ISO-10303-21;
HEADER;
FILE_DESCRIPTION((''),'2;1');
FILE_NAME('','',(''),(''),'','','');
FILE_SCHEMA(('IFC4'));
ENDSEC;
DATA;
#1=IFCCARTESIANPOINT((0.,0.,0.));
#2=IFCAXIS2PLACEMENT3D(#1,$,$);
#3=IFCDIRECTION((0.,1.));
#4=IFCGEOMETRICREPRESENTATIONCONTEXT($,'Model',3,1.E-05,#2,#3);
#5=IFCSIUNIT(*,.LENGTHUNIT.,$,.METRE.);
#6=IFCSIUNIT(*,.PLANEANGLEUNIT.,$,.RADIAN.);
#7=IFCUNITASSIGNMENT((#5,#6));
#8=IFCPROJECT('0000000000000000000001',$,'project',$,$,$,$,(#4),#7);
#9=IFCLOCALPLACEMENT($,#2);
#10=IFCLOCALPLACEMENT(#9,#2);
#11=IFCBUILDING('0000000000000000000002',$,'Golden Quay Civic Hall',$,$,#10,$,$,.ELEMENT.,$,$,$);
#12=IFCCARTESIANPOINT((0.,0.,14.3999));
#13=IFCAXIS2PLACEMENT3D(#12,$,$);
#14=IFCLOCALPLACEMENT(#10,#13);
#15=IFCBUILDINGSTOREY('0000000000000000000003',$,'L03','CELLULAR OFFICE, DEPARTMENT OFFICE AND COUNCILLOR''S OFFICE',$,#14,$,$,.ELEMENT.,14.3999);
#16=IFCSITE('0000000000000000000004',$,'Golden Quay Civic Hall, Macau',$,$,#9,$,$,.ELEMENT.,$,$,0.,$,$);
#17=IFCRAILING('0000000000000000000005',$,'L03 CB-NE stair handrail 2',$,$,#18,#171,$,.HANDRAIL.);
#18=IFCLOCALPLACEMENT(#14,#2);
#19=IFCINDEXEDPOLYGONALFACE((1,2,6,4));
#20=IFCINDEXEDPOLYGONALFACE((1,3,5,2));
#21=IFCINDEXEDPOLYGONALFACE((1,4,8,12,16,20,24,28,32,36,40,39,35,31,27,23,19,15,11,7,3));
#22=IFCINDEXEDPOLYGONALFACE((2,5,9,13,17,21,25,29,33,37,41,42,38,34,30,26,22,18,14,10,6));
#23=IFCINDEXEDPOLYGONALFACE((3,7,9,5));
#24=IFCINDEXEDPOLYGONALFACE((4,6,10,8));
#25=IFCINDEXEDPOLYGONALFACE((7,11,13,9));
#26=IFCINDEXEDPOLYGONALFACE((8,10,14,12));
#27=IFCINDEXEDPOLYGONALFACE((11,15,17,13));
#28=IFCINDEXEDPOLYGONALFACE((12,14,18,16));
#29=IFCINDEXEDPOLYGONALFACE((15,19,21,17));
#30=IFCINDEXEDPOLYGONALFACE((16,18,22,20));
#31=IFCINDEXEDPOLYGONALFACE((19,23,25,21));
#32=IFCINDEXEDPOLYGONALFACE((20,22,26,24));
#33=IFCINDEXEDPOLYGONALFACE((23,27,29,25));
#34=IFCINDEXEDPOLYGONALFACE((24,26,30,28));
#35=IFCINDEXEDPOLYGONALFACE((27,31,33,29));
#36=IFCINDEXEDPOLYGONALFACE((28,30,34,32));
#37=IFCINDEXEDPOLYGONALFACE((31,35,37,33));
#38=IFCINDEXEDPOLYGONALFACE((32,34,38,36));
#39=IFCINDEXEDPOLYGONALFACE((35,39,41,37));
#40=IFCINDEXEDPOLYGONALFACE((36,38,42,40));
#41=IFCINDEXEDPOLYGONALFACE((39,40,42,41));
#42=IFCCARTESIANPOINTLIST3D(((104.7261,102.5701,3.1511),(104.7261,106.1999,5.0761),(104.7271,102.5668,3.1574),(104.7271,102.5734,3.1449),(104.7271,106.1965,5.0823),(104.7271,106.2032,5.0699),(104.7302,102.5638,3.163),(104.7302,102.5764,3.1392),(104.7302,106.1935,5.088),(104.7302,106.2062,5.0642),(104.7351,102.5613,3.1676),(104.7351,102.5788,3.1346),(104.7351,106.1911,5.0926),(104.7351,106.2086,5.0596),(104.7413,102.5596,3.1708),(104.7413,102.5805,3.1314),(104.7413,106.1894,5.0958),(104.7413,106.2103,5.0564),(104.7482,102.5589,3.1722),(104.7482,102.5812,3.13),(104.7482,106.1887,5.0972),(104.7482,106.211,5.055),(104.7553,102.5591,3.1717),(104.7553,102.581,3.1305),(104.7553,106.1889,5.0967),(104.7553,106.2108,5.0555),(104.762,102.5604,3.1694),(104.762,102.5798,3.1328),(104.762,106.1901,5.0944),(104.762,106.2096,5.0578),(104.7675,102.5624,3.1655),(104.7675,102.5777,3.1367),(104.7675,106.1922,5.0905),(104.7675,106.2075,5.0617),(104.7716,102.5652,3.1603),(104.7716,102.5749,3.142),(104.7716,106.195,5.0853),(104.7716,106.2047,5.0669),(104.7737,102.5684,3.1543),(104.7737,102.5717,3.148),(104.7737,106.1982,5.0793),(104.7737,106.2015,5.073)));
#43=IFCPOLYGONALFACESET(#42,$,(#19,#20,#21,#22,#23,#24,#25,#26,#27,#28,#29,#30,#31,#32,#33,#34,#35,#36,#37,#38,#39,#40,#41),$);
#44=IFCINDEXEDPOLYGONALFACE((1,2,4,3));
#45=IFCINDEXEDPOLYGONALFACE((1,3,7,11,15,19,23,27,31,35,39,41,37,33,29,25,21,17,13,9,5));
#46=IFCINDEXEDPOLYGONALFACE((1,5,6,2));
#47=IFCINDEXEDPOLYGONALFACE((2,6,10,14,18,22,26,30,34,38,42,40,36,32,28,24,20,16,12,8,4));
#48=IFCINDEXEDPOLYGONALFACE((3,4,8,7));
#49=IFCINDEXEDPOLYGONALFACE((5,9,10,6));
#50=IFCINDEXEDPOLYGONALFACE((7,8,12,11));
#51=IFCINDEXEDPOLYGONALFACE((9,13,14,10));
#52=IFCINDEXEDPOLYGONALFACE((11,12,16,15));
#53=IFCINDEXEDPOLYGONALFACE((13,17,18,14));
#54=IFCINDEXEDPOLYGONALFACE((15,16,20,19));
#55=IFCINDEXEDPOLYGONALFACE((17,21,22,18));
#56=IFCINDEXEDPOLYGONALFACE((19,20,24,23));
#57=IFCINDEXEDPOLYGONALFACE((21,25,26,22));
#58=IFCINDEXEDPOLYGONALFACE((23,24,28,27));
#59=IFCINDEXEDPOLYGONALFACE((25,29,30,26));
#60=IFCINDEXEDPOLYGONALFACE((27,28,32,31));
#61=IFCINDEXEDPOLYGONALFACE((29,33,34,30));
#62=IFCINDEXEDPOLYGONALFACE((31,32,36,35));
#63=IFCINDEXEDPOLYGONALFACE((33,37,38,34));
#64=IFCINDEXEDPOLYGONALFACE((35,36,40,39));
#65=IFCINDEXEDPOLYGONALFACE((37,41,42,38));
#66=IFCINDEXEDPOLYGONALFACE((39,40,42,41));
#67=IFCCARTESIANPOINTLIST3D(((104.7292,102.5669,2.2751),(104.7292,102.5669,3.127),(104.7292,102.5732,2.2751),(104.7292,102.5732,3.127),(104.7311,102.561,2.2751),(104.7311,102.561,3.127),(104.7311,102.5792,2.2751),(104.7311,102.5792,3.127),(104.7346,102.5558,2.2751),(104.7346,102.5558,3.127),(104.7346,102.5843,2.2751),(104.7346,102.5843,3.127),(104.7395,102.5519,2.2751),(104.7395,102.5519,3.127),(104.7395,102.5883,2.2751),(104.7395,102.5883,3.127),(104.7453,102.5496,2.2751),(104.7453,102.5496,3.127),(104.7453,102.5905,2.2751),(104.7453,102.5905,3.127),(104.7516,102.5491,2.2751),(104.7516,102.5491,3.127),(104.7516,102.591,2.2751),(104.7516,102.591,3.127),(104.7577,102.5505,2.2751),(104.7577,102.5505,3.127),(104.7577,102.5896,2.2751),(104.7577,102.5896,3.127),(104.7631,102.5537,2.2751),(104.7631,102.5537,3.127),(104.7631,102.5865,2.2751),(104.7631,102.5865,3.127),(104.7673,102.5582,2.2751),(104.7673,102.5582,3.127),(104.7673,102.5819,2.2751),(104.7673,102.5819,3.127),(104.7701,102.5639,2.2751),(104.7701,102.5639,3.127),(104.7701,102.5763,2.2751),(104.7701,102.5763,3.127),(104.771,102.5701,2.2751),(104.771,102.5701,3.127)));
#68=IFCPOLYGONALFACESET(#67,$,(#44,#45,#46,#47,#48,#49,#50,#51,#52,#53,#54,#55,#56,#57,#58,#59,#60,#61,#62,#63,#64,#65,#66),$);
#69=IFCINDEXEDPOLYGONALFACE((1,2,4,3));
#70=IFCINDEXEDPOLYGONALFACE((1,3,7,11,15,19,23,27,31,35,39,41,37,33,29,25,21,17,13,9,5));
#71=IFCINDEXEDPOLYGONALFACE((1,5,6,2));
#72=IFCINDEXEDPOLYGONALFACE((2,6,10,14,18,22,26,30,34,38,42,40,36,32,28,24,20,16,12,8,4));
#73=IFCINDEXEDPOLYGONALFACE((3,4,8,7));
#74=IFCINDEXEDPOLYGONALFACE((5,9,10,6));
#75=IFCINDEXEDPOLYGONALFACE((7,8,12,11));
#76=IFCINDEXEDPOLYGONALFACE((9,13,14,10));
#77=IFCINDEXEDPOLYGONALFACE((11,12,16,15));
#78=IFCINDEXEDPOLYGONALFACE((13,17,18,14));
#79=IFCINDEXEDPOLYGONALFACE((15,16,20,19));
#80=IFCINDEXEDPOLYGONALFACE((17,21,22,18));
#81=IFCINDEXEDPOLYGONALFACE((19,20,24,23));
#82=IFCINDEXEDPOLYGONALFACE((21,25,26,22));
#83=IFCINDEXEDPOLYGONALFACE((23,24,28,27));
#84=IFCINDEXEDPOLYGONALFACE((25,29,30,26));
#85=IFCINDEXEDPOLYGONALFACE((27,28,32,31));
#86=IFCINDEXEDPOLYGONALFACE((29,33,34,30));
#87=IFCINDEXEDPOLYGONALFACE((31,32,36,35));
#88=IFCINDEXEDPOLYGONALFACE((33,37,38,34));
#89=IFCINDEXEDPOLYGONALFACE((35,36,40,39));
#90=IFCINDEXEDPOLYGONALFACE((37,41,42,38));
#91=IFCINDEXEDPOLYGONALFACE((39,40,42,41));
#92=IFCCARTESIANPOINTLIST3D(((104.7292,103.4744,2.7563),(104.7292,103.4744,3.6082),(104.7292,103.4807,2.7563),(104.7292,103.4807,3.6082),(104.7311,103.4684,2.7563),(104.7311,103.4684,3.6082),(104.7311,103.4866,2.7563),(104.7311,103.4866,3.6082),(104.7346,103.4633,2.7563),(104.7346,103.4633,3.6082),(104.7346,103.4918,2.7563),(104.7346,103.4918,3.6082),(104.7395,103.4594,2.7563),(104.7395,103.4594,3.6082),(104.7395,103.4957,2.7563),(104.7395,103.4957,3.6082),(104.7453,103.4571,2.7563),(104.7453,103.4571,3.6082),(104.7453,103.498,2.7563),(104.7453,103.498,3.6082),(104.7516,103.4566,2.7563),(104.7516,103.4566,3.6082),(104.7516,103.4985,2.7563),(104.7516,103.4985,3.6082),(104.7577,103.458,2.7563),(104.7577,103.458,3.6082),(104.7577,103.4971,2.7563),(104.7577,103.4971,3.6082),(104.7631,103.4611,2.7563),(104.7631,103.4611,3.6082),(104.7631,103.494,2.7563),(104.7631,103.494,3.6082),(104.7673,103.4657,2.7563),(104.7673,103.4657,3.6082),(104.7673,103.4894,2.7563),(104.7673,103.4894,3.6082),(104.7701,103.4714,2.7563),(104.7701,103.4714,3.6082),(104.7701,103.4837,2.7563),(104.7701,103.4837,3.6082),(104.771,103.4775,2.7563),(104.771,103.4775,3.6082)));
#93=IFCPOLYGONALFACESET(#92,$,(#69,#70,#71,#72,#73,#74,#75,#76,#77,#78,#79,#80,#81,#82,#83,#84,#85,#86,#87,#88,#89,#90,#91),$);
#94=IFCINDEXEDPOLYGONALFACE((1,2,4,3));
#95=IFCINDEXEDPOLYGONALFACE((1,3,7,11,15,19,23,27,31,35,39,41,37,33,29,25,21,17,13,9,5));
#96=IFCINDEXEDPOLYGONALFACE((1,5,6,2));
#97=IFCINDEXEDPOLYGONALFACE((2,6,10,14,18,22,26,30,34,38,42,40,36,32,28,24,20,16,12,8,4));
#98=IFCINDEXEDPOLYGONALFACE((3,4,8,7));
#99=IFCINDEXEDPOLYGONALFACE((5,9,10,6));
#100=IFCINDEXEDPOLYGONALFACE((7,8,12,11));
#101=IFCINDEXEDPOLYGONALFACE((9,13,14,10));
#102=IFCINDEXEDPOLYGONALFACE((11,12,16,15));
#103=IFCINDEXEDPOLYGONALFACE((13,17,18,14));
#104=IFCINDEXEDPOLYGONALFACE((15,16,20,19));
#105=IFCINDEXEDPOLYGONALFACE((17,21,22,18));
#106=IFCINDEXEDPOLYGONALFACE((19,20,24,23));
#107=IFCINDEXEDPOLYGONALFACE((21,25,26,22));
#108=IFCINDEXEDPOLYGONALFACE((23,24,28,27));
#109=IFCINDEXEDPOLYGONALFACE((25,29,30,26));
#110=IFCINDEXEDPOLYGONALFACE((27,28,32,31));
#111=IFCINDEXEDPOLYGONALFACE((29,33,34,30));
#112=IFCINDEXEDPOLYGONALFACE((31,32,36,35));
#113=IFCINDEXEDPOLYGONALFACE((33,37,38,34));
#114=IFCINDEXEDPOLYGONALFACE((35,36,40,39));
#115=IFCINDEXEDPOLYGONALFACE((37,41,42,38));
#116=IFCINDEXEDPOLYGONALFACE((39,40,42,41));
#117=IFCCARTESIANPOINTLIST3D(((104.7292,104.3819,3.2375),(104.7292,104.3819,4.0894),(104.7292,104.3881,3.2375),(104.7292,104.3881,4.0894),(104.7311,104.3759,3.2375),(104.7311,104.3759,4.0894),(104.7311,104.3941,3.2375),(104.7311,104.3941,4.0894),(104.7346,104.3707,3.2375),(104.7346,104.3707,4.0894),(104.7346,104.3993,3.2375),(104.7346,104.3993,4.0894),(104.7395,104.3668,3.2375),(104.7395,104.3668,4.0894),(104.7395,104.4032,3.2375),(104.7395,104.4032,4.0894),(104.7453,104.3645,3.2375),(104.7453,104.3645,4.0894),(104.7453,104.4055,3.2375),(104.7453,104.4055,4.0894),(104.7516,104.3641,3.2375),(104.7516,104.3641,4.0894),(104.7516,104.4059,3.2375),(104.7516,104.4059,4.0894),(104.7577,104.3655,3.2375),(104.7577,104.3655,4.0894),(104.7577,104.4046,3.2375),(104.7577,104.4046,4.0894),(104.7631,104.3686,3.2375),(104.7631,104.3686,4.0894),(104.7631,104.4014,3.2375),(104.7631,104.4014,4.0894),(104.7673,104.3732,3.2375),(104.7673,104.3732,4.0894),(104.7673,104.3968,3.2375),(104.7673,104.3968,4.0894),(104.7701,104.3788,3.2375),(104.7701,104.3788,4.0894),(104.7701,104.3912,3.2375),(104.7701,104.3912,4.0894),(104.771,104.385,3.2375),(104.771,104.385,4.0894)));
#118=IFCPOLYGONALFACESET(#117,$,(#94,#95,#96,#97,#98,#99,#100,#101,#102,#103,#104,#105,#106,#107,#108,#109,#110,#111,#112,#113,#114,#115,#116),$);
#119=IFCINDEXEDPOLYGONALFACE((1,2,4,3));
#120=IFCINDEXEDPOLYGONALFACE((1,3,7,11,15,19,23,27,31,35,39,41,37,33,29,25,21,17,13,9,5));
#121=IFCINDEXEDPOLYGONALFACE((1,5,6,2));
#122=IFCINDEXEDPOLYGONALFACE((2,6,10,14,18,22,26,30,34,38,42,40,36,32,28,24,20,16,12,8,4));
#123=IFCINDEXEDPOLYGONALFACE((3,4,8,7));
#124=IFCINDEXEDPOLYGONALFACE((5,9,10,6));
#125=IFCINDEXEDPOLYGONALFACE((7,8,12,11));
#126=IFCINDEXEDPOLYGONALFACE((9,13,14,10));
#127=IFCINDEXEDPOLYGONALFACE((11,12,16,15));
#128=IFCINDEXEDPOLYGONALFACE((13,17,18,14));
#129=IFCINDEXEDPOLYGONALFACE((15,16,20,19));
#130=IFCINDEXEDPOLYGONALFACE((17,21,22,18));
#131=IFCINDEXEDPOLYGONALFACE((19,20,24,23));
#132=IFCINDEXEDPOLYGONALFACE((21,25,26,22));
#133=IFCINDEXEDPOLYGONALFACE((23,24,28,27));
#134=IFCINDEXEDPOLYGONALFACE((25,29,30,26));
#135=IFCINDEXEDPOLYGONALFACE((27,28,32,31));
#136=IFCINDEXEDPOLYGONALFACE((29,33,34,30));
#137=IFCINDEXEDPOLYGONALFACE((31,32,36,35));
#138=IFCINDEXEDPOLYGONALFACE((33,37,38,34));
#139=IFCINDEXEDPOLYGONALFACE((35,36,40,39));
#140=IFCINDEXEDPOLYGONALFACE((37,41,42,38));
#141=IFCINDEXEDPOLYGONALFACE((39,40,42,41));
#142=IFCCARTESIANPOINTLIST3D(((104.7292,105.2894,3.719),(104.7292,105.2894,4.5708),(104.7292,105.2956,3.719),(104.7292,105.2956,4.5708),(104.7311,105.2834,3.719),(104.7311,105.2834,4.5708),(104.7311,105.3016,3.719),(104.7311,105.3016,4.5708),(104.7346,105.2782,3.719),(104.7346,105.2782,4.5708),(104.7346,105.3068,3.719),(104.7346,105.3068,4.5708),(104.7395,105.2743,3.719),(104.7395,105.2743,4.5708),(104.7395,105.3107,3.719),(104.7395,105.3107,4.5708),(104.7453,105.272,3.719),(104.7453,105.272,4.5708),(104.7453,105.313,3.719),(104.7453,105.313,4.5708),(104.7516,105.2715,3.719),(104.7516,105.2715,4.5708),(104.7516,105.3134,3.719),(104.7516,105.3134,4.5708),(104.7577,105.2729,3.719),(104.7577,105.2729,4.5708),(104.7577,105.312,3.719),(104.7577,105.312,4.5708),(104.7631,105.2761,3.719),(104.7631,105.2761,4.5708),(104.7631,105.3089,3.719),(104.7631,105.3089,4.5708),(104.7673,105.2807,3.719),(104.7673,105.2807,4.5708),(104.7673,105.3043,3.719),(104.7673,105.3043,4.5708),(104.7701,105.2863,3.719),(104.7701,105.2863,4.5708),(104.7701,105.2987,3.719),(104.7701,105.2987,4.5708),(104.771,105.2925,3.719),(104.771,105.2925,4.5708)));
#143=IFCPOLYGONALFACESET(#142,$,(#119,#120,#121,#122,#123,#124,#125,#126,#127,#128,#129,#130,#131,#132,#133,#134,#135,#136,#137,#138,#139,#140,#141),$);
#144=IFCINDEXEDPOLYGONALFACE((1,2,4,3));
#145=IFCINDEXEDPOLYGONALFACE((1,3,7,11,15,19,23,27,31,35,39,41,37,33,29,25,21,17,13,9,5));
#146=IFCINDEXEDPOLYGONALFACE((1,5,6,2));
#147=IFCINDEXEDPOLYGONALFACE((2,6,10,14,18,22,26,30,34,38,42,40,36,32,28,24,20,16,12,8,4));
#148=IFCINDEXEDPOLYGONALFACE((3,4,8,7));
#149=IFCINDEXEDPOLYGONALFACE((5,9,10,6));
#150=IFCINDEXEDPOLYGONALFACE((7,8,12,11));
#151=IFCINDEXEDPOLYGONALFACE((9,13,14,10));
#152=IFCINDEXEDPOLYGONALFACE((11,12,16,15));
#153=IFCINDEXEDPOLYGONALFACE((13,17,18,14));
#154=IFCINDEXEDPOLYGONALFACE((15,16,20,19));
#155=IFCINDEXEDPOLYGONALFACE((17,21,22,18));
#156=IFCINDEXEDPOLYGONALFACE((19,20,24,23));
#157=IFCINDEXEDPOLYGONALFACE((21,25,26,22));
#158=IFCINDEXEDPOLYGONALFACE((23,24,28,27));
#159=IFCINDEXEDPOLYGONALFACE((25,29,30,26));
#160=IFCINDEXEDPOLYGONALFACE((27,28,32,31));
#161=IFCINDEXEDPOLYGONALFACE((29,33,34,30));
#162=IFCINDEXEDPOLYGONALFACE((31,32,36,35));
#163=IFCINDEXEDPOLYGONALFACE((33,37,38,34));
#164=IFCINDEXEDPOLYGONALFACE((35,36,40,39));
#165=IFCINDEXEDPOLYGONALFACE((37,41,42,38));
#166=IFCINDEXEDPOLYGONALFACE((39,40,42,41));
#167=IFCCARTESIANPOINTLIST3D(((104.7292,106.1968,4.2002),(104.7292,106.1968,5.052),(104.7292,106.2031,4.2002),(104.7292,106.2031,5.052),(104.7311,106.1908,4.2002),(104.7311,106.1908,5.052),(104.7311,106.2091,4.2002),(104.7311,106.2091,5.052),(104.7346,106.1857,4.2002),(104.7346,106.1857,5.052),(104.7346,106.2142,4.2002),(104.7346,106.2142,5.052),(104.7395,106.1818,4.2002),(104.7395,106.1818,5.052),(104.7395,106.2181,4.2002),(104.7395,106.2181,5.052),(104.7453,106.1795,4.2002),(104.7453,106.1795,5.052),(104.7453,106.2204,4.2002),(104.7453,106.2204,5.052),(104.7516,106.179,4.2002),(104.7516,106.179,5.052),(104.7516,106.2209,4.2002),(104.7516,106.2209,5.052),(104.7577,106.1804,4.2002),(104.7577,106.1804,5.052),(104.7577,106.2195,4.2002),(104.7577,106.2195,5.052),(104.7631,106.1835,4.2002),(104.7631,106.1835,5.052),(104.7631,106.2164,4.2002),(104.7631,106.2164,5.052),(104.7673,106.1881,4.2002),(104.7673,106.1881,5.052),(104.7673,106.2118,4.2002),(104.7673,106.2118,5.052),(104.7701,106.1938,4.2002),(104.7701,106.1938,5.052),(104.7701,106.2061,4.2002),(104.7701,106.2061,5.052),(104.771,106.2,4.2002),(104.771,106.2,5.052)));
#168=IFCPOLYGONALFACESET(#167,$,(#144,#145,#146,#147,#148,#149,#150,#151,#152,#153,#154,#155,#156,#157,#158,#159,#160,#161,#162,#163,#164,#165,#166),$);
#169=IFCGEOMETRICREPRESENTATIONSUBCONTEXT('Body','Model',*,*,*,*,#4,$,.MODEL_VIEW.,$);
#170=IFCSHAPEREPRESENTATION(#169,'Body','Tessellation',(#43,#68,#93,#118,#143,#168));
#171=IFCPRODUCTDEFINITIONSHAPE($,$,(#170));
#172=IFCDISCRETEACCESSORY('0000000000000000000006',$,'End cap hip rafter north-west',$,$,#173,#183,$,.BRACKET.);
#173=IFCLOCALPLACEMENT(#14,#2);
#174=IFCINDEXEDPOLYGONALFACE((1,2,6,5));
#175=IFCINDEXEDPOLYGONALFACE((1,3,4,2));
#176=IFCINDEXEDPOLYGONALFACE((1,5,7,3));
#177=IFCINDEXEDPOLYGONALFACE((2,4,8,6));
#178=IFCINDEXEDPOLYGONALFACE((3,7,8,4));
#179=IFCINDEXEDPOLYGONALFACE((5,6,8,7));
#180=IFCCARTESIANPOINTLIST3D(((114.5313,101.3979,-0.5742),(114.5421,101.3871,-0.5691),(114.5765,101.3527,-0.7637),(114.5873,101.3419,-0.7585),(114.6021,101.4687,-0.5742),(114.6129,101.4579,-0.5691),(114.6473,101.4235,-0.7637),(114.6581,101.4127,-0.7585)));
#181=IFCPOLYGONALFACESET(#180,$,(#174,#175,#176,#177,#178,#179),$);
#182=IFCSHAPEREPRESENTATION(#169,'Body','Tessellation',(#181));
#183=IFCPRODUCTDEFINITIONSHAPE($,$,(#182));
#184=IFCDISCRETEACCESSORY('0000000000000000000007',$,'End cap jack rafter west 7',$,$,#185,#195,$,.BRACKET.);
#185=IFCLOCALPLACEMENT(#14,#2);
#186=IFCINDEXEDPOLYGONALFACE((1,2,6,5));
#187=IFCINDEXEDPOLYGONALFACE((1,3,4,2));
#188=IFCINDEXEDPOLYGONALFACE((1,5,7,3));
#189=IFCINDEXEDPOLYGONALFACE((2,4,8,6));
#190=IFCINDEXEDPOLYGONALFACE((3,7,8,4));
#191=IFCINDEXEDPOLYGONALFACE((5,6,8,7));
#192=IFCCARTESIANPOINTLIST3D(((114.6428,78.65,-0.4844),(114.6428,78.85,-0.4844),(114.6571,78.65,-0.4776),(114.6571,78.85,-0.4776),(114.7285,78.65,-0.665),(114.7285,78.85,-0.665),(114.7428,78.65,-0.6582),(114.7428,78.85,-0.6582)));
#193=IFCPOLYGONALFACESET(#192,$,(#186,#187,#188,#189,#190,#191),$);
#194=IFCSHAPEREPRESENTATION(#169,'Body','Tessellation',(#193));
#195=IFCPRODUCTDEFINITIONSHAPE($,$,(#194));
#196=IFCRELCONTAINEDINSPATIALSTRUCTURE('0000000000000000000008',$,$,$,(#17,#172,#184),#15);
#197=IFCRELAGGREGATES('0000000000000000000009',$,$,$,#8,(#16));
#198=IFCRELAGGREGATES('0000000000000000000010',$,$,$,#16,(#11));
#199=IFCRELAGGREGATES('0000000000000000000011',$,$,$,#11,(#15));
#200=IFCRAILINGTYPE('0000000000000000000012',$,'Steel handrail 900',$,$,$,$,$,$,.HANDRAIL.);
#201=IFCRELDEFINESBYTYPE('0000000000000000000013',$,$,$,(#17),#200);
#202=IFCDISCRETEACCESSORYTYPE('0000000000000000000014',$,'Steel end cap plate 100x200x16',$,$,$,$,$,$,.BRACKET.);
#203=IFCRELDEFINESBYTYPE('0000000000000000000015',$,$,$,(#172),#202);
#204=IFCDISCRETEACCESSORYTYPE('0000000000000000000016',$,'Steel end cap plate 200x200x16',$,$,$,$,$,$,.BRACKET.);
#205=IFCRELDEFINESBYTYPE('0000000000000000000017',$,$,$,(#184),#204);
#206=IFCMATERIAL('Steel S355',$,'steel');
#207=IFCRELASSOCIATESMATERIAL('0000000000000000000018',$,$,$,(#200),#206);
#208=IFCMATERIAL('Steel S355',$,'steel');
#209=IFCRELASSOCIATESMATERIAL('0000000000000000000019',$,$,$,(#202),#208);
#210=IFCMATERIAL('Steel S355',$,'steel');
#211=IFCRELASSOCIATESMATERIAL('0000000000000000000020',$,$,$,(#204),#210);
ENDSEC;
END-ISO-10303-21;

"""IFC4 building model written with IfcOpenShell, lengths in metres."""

from ifc_helpers import new_model, si_unit, direction, frame, origin, origin_2d, place, context, subcontext, project, spatial, rectangle, circle, extrude, material, material_profile, profile_set, type_object, element, save


model = new_model("IFC4")

# Units and contexts
model_context = context("Model", 3, precision=1e-05, world=origin(), true_north=direction((0.0, 1.0)))
body_context = subcontext(model_context, "Body", "Model", "MODEL_VIEW")
ifc_project = project(units=[si_unit("LENGTHUNIT", "METRE"), si_unit("PLANEANGLEUNIT", "RADIAN")], contexts=[model_context])

# Site, building, storey
site_placement = place(None, origin())
site = spatial("IfcSite", under=ifc_project, at=site_placement, Name="Golden Quay Civic Hall, Macau", CompositionType="ELEMENT", RefElevation=0.0)
building_placement = place(site_placement, origin())
building = spatial("IfcBuilding", under=site, at=building_placement, Name="Golden Quay Civic Hall", CompositionType="ELEMENT")
storey_placement = place(building_placement, frame((0.0, 0.0, 14.3999)))
storey = spatial("IfcBuildingStorey", under=building, at=storey_placement, Name="L03", Description="CELLULAR OFFICE, DEPARTMENT OFFICE AND COUNCILLOR'S OFFICE", CompositionType="ELEMENT", Elevation=14.3999)

# Railing
ifc_material_1 = material(Name="Steel S355", Category="steel")
railing_type_1 = type_object("IfcRailingType", Name="Steel handrail 900", PredefinedType="HANDRAIL", material=ifc_material_1)
railing_1_placement = place(storey_placement, frame((104.75, 102.5701, 2.2751)))
element("IfcRailing", 1, at=railing_1_placement, inside=storey, type_object=railing_type_1, Name="L03 CB-NE stair handrail 2", PredefinedType="HANDRAIL", context=body_context, shape_type="SweptSolid", body=[
    extrude(circle(Radius=0.0239, at=origin_2d()), frame((0.0, 0.0, 0.876), z_axis=(0.0, 0.883451, 0.468524), x_axis=(-1.0, 0.0, 0.0)), (0.0, 0.0, 1.0), 4.1086),
    extrude(circle(Radius=0.021, at=origin_2d()), origin(), (0.0, 0.0, 1.0), 0.8518),
    extrude(circle(Radius=0.021, at=origin_2d()), frame((0.0, 0.9075, 0.4812)), (0.0, 0.0, 1.0), 0.8518),
    extrude(circle(Radius=0.021, at=origin_2d()), frame((0.0, 1.8149, 0.9624)), (0.0, 0.0, 1.0), 0.8518),
    extrude(circle(Radius=0.021, at=origin_2d()), frame((0.0, 2.7224, 1.4438)), (0.0, 0.0, 1.0), 0.8518),
    extrude(circle(Radius=0.021, at=origin_2d()), frame((0.0, 3.6299, 1.925)), (0.0, 0.0, 1.0), 0.8518),
])

# Discrete accessories
ifc_material_2 = material(Name="Steel S355", Category="steel")
ifc_material_profile_1 = material_profile(ifc_material_2, rectangle(XDim=0.1001, YDim=0.2, at=origin_2d()), Name="Steel end cap plate 100x200x16")
ifc_profile_set_1 = profile_set([ifc_material_profile_1], Name="Steel S355")
discrete_accessory_type_1 = type_object("IfcDiscreteAccessoryType", Name="Steel end cap plate 100x200x16", PredefinedType="BRACKET", material=ifc_profile_set_1)
discrete_accessory_1_placement = place(storey_placement, frame((114.6001, 101.3999, -0.6638), z_axis=(-0.669982, 0.669982, -0.319764), x_axis=(-0.707107, -0.707107, 0.0)))
element("IfcDiscreteAccessory", 2, at=discrete_accessory_1_placement, inside=storey, type_object=discrete_accessory_type_1, Name="End cap hip rafter north-west", PredefinedType="BRACKET", context=body_context, shape_type="SweptSolid", body=[
    extrude(rectangle(XDim=0.1001, YDim=0.2, at=origin_2d()), origin(), (0.0, 0.0, 1.0), 0.0161),
])
ifc_material_3 = material(Name="Steel S355", Category="steel")
ifc_material_profile_2 = material_profile(ifc_material_3, rectangle(XDim=0.2, YDim=0.2, at=origin_2d()), Name="Steel end cap plate 200x200x16")
ifc_profile_set_2 = profile_set([ifc_material_profile_2], Name="Steel S355")
discrete_accessory_type_2 = type_object("IfcDiscreteAccessoryType", Name="Steel end cap plate 200x200x16", PredefinedType="BRACKET", material=ifc_profile_set_2)
discrete_accessory_2_placement = place(storey_placement, frame((114.7, 78.75, -0.5679), z_axis=(-0.903426, 0.0, -0.428744), x_axis=(0.0, -1.0, 0.0)))
element("IfcDiscreteAccessory", 3, at=discrete_accessory_2_placement, inside=storey, type_object=discrete_accessory_type_2, Name="End cap jack rafter west 7", PredefinedType="BRACKET", context=body_context, shape_type="SweptSolid", body=[
    extrude(rectangle(XDim=0.2, YDim=0.2, at=origin_2d()), origin(), (0.0, 0.0, 1.0), 0.0159),
])

save(model, "model.ifc")
